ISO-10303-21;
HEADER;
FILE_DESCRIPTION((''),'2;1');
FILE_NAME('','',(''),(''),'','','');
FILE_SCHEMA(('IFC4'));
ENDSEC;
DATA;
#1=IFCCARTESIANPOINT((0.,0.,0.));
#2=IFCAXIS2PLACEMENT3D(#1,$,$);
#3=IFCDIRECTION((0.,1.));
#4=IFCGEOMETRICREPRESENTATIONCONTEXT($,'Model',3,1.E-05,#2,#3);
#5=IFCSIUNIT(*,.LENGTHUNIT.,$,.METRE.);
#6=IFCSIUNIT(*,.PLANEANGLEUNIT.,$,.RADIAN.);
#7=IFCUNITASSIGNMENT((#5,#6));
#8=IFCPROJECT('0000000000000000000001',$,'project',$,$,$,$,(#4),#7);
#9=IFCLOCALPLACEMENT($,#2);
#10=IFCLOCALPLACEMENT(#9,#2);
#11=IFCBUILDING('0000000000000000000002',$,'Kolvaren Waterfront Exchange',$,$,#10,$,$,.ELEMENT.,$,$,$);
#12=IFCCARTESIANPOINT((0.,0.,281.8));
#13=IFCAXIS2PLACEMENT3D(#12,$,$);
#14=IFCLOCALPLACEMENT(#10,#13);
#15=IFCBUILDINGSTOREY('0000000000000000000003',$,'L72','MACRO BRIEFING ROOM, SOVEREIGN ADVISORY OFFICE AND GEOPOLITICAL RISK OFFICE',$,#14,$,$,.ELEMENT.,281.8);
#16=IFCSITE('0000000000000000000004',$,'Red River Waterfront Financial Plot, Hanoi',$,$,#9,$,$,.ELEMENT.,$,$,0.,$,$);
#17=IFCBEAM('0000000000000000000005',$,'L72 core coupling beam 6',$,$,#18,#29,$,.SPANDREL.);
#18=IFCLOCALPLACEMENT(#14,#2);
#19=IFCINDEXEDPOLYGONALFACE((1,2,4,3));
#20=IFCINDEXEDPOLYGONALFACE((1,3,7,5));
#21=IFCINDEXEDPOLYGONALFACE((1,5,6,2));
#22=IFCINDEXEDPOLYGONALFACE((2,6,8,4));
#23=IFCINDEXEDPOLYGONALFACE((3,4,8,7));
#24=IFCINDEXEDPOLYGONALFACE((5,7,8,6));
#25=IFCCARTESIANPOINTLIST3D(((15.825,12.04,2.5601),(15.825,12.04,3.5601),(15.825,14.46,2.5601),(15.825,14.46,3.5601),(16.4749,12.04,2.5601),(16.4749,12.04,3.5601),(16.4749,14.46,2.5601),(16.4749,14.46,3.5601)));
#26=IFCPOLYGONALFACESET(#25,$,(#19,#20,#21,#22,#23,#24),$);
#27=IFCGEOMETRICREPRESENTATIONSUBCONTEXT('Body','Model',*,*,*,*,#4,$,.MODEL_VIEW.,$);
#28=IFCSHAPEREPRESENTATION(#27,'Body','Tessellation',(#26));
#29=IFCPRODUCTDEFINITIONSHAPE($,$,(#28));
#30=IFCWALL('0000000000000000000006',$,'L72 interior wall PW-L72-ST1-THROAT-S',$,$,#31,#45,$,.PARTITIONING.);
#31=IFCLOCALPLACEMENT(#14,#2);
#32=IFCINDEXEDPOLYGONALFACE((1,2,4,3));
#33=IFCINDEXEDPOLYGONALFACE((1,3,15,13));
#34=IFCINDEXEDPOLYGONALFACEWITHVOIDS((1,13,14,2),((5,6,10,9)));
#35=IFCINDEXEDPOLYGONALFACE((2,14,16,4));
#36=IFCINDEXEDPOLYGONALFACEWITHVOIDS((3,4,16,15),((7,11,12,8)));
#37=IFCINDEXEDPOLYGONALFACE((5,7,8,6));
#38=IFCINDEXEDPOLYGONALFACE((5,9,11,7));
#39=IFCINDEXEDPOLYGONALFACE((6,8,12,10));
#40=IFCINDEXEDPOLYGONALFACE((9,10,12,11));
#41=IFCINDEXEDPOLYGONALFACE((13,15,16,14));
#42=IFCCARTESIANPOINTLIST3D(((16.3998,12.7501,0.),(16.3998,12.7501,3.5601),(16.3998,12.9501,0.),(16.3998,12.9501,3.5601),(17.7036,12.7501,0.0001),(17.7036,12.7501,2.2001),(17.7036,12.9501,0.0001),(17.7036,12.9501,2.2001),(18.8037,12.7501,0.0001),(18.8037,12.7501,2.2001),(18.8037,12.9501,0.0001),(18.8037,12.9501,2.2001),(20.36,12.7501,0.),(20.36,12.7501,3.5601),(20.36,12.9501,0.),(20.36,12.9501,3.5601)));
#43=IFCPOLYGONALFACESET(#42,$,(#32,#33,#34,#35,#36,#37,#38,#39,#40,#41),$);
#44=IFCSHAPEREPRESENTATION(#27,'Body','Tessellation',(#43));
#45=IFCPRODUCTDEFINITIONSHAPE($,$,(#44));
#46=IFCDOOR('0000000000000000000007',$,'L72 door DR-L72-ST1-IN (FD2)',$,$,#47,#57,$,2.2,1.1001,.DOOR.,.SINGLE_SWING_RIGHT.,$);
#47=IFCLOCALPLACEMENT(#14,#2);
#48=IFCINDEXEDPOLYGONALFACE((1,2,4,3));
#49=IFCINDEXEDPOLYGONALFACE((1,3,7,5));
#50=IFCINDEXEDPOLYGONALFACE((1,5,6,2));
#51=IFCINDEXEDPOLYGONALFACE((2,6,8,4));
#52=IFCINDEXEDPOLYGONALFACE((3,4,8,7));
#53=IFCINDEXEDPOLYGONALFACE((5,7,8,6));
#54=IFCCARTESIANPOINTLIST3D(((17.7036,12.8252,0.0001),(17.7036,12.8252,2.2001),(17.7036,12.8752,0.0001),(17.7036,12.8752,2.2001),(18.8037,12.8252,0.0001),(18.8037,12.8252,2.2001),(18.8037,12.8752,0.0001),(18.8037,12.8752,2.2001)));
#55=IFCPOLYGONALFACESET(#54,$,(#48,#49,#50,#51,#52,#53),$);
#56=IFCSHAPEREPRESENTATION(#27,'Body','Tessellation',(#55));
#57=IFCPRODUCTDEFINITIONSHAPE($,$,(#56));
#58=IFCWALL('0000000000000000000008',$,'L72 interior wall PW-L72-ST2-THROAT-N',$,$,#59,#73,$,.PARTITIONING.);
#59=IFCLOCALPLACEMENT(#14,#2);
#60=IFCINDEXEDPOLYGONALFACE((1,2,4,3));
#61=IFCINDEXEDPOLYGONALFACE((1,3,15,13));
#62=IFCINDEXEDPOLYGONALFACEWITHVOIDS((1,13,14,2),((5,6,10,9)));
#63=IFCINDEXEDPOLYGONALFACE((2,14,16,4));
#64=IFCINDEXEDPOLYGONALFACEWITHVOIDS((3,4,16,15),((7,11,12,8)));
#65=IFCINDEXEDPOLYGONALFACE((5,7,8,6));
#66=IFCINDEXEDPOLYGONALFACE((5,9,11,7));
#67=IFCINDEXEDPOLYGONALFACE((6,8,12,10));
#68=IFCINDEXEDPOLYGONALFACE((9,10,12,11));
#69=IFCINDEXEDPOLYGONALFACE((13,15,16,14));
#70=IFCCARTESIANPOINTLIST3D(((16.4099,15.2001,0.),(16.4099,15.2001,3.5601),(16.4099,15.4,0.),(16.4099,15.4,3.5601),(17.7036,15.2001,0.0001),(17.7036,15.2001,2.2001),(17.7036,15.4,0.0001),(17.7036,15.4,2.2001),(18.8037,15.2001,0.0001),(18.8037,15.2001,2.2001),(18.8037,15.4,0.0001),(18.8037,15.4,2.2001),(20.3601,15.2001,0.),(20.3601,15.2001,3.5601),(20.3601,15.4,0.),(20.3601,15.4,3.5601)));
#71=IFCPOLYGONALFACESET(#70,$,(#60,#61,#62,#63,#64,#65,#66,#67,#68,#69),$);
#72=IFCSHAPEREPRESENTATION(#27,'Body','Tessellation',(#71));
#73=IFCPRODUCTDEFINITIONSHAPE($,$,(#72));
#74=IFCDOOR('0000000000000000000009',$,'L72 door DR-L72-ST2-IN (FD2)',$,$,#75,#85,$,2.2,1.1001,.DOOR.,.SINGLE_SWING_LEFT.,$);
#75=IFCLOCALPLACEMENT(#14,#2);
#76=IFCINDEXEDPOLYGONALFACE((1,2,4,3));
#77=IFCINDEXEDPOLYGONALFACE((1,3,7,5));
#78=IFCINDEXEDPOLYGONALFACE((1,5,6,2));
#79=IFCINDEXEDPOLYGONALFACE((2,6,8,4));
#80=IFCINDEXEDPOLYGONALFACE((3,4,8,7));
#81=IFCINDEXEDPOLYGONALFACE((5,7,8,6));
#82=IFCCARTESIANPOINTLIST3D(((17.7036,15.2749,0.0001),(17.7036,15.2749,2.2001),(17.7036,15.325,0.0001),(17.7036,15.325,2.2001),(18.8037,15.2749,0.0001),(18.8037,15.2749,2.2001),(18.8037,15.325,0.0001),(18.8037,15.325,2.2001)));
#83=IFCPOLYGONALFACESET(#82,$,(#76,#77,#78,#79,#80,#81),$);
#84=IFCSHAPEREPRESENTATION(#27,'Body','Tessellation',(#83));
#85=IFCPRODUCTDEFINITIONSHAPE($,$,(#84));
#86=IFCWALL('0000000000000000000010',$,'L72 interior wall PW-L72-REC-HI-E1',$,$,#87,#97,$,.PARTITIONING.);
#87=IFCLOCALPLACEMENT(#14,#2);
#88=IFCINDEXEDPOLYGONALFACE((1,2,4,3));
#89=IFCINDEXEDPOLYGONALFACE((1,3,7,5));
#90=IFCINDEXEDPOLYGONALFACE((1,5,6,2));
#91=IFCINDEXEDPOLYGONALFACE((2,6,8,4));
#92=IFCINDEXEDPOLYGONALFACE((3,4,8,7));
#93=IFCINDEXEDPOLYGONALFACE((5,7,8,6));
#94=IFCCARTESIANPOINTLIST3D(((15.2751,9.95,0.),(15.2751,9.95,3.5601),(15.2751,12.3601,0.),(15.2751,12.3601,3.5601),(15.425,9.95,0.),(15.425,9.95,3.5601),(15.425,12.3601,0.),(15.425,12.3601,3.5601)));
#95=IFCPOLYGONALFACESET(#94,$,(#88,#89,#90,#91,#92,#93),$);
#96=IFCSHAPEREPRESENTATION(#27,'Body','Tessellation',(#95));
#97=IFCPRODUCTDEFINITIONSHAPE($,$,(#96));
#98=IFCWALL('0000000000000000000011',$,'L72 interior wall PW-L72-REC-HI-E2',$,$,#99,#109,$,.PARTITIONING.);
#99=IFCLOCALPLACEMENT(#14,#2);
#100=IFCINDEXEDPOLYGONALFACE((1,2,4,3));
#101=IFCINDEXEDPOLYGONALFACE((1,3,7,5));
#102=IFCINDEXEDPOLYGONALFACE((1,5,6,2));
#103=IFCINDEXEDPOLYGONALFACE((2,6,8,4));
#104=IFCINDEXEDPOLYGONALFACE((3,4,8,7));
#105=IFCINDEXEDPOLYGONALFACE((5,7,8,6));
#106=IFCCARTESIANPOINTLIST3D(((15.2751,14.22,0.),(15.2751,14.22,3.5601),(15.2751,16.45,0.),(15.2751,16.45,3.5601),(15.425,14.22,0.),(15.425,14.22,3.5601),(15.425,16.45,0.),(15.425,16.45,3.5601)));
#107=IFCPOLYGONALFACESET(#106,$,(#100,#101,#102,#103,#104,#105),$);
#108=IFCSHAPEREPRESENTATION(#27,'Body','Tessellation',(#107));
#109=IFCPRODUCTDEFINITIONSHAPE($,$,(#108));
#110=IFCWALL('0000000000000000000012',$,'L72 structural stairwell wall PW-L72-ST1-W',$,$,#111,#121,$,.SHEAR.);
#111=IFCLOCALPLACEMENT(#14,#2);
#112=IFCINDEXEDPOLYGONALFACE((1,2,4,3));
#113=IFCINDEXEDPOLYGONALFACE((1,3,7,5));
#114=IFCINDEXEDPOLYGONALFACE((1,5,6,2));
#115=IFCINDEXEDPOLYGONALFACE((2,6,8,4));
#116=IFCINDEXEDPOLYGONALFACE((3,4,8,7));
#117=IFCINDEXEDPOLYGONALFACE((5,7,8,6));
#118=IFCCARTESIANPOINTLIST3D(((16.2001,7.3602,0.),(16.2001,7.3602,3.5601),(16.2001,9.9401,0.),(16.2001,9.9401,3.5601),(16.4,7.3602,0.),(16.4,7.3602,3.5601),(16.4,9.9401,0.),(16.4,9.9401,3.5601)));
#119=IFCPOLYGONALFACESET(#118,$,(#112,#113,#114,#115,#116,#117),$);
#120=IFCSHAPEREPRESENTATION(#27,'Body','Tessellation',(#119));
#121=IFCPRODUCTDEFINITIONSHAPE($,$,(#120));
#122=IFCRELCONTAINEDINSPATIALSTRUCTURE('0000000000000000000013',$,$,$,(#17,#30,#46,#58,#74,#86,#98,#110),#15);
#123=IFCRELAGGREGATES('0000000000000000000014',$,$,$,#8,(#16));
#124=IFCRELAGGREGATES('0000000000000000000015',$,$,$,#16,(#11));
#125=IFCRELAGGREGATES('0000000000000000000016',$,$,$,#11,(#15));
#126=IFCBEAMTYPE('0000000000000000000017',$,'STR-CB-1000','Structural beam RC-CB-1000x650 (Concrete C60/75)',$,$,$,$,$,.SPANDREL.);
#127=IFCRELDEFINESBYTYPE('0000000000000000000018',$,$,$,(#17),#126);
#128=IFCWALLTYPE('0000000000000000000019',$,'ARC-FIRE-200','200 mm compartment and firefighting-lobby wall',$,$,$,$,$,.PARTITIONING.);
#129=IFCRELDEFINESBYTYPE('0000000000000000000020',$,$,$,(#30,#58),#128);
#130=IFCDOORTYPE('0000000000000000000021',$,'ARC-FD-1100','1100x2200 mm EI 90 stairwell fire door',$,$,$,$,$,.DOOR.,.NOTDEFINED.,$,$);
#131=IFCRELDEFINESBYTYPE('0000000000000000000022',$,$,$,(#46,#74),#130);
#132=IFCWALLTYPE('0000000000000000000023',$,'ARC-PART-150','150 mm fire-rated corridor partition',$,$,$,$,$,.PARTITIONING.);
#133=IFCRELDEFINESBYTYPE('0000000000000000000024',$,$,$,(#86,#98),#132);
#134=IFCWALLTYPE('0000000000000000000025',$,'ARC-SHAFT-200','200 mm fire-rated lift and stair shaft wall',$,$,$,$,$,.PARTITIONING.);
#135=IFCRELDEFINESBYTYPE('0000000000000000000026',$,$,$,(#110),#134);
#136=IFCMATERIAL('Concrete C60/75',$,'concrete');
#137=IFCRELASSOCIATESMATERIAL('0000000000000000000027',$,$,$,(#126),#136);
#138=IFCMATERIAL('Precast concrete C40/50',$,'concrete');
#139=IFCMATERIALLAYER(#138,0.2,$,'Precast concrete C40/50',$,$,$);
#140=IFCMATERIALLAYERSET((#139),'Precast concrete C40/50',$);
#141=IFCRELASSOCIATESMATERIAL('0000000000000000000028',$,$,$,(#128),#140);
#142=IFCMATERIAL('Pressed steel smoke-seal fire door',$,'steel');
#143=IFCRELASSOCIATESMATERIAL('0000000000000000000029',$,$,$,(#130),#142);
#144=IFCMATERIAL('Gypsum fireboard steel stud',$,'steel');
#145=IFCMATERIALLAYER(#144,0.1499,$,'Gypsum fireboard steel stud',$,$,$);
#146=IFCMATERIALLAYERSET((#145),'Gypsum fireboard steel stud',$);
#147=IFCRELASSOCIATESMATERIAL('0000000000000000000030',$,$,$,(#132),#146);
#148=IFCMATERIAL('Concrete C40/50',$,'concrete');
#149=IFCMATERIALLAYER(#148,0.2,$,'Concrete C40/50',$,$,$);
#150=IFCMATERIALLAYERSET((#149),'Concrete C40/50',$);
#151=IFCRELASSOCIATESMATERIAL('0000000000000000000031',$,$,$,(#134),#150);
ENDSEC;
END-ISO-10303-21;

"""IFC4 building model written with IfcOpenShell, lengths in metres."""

from ifc_helpers import new_model, si_unit, direction, frame, frame_2d, origin, origin_2d, place, context, subcontext, project, spatial, rectangle, extrude, material, layer, layer_set, material_profile, profile_set, type_object, element, fill, save


model = new_model("IFC4")

# Units and contexts
model_context = context("Model", 3, precision=1e-05, world=origin(), true_north=direction((0.0, 1.0)))
body_context = subcontext(model_context, "Body", "Model", "MODEL_VIEW")
ifc_project = project(units=[si_unit("LENGTHUNIT", "METRE"), si_unit("PLANEANGLEUNIT", "RADIAN")], contexts=[model_context])

# Site, building, storey
site_placement = place(None, origin())
site = spatial("IfcSite", under=ifc_project, at=site_placement, Name="Red River Waterfront Financial Plot, Hanoi", CompositionType="ELEMENT", RefElevation=0.0)
building_placement = place(site_placement, origin())
building = spatial("IfcBuilding", under=site, at=building_placement, Name="Kolvaren Waterfront Exchange", CompositionType="ELEMENT")
storey_placement = place(building_placement, frame((0.0, 0.0, 281.8)))
storey = spatial("IfcBuildingStorey", under=building, at=storey_placement, Name="L72", Description="MACRO BRIEFING ROOM, SOVEREIGN ADVISORY OFFICE AND GEOPOLITICAL RISK OFFICE", CompositionType="ELEMENT", Elevation=281.8)

# Beam
ifc_material_1 = material(Name="Concrete C60/75", Category="concrete")
ifc_material_profile = material_profile(ifc_material_1, rectangle(XDim=0.6499, YDim=1.0, at=origin_2d()), Name="RC-CB-1000x650")
ifc_profile_set = profile_set([ifc_material_profile], Name="Concrete C60/75")
beam_type = type_object("IfcBeamType", Name="STR-CB-1000", Description="Structural beam RC-CB-1000x650 (Concrete C60/75)", PredefinedType="SPANDREL", material=ifc_profile_set)
beam_placement = place(storey_placement, frame((16.1499, 12.04, 3.0601), z_axis=(0.0, 1.0, 0.0), x_axis=(-1.0, 0.0, 0.0)))
element("IfcBeam", 1, at=beam_placement, inside=storey, type_object=beam_type, Name="L72 core coupling beam 6", PredefinedType="SPANDREL", context=body_context, shape_type="SweptSolid", body=[
    extrude(rectangle(XDim=0.6499, YDim=1.0, at=origin_2d()), origin(), (0.0, 0.0, 1.0), 2.4199),
])

# Walls, openings, doors
ifc_material_2 = material(Name="Precast concrete C40/50", Category="concrete")
ifc_layer_1 = layer(ifc_material_2, 0.2, Name="Precast concrete C40/50")
ifc_layer_set_1 = layer_set([ifc_layer_1], Name="Precast concrete C40/50")
wall_type_1 = type_object("IfcWallType", Name="ARC-FIRE-200", Description="200 mm compartment and firefighting-lobby wall", PredefinedType="PARTITIONING", material=ifc_layer_set_1)
wall_1_placement = place(storey_placement, frame((16.3999, 12.8501, 0.0), z_axis=(0.0, 0.0, 1.0), x_axis=(1.0, 0.0, 0.0)))
wall_1 = element("IfcWall", 2, at=wall_1_placement, inside=storey, type_object=wall_type_1, Name="L72 interior wall PW-L72-ST1-THROAT-S", PredefinedType="PARTITIONING", context=body_context, shape_type="SweptSolid", body=[
    extrude(rectangle(XDim=3.9602, YDim=0.2, at=frame_2d((1.98, 0.0))), origin(), (0.0, 0.0, 1.0), 3.5601),
])
opening_1_placement = place(wall_1_placement, frame((1.3037, 0.0, 0.0)))
opening_1 = element("IfcOpeningElement", 3, at=opening_1_placement, cuts=wall_1, PredefinedType="OPENING", context=body_context, shape_type="SweptSolid", body=[
    extrude(rectangle(XDim=1.1001, YDim=2.2, at=frame_2d((0.55, 1.1001))), frame((0.0, 0.1099, 0.0), z_axis=(0.0, -1.0, 0.0), x_axis=(1.0, 0.0, 0.0)), (0.0, 0.0, 1.0), 0.22),
])
ifc_material_3 = material(Name="Pressed steel smoke-seal fire door", Category="steel")
door_type_1 = type_object("IfcDoorType", Name="ARC-FD-1100", Description="1100x2200 mm EI 90 stairwell fire door", OperationType="NOTDEFINED", PredefinedType="DOOR", material=ifc_material_3)
door_1_placement = place(opening_1_placement, frame((1.1001, 0.0, 0.0), z_axis=(0.0, 0.0, 1.0), x_axis=(-1.0, 0.0, 0.0)))
door_1 = element("IfcDoor", 4, at=door_1_placement, inside=storey, type_object=door_type_1, Name="L72 door DR-L72-ST1-IN (FD2)", OperationType="SINGLE_SWING_RIGHT", OverallHeight=2.2, OverallWidth=1.1001, PredefinedType="DOOR", context=body_context, shape_type="SweptSolid", body=[
    extrude(rectangle(XDim=1.1001, YDim=2.2, at=frame_2d((0.55, 1.1001))), frame((0.0, 0.0249, 0.0), z_axis=(0.0, -1.0, 0.0), x_axis=(1.0, 0.0, 0.0)), (0.0, 0.0, 1.0), 0.05),
])
fill(opening_1, door_1)
wall_2_placement = place(storey_placement, frame((16.4099, 15.3, 0.0), z_axis=(0.0, 0.0, 1.0), x_axis=(1.0, 0.0, 0.0)))
wall_2 = element("IfcWall", 5, at=wall_2_placement, inside=storey, type_object=wall_type_1, Name="L72 interior wall PW-L72-ST2-THROAT-N", PredefinedType="PARTITIONING", context=body_context, shape_type="SweptSolid", body=[
    extrude(rectangle(XDim=3.9502, YDim=0.2, at=frame_2d((1.9751, 0.0))), origin(), (0.0, 0.0, 1.0), 3.5601),
])
opening_2_placement = place(wall_2_placement, frame((1.2937, 0.0, 0.0)))
opening_2 = element("IfcOpeningElement", 6, at=opening_2_placement, cuts=wall_2, PredefinedType="OPENING", context=body_context, shape_type="SweptSolid", body=[
    extrude(rectangle(XDim=1.1001, YDim=2.2, at=frame_2d((0.55, 1.1001))), frame((0.0, 0.1099, 0.0), z_axis=(0.0, -1.0, 0.0), x_axis=(1.0, 0.0, 0.0)), (0.0, 0.0, 1.0), 0.22),
])
door_2_placement = place(opening_2_placement, origin())
door_2 = element("IfcDoor", 7, at=door_2_placement, inside=storey, type_object=door_type_1, Name="L72 door DR-L72-ST2-IN (FD2)", OperationType="SINGLE_SWING_LEFT", OverallHeight=2.2, OverallWidth=1.1001, PredefinedType="DOOR", context=body_context, shape_type="SweptSolid", body=[
    extrude(rectangle(XDim=1.1001, YDim=2.2, at=frame_2d((0.55, 1.1001))), frame((0.0, 0.0249, 0.0), z_axis=(0.0, -1.0, 0.0), x_axis=(1.0, 0.0, 0.0)), (0.0, 0.0, 1.0), 0.05),
])
fill(opening_2, door_2)

# Walls
ifc_material_4 = material(Name="Gypsum fireboard steel stud", Category="steel")
ifc_layer_2 = layer(ifc_material_4, 0.1499, Name="Gypsum fireboard steel stud")
ifc_layer_set_2 = layer_set([ifc_layer_2], Name="Gypsum fireboard steel stud")
wall_type_2 = type_object("IfcWallType", Name="ARC-PART-150", Description="150 mm fire-rated corridor partition", PredefinedType="PARTITIONING", material=ifc_layer_set_2)
wall_3_placement = place(storey_placement, frame((15.3501, 9.95, 0.0), z_axis=(0.0, 0.0, 1.0), x_axis=(0.0, 1.0, 0.0)))
element("IfcWall", 8, at=wall_3_placement, inside=storey, type_object=wall_type_2, Name="L72 interior wall PW-L72-REC-HI-E1", PredefinedType="PARTITIONING", context=body_context, shape_type="SweptSolid", body=[
    extrude(rectangle(XDim=2.4102, YDim=0.1499, at=frame_2d((1.2051, 0.0))), origin(), (0.0, 0.0, 1.0), 3.5601),
])
wall_4_placement = place(storey_placement, frame((15.3501, 14.22, 0.0), z_axis=(0.0, 0.0, 1.0), x_axis=(0.0, 1.0, 0.0)))
element("IfcWall", 9, at=wall_4_placement, inside=storey, type_object=wall_type_2, Name="L72 interior wall PW-L72-REC-HI-E2", PredefinedType="PARTITIONING", context=body_context, shape_type="SweptSolid", body=[
    extrude(rectangle(XDim=2.23, YDim=0.1499, at=frame_2d((1.115, 0.0))), origin(), (0.0, 0.0, 1.0), 3.5601),
])
ifc_material_5 = material(Name="Concrete C40/50", Category="concrete")
ifc_layer_3 = layer(ifc_material_5, 0.2, Name="Concrete C40/50")
ifc_layer_set_3 = layer_set([ifc_layer_3], Name="Concrete C40/50")
wall_type_3 = type_object("IfcWallType", Name="ARC-SHAFT-200", Description="200 mm fire-rated lift and stair shaft wall", PredefinedType="PARTITIONING", material=ifc_layer_set_3)
wall_5_placement = place(storey_placement, frame((16.3, 7.3601, 0.0), z_axis=(0.0, 0.0, 1.0), x_axis=(0.0, 1.0, 0.0)))
element("IfcWall", 10, at=wall_5_placement, inside=storey, type_object=wall_type_3, Name="L72 structural stairwell wall PW-L72-ST1-W", PredefinedType="SHEAR", context=body_context, shape_type="SweptSolid", body=[
    extrude(rectangle(XDim=2.5798, YDim=0.2, at=frame_2d((1.29, 0.0))), origin(), (0.0, 0.0, 1.0), 3.5601),
])

save(model, "model.ifc")
